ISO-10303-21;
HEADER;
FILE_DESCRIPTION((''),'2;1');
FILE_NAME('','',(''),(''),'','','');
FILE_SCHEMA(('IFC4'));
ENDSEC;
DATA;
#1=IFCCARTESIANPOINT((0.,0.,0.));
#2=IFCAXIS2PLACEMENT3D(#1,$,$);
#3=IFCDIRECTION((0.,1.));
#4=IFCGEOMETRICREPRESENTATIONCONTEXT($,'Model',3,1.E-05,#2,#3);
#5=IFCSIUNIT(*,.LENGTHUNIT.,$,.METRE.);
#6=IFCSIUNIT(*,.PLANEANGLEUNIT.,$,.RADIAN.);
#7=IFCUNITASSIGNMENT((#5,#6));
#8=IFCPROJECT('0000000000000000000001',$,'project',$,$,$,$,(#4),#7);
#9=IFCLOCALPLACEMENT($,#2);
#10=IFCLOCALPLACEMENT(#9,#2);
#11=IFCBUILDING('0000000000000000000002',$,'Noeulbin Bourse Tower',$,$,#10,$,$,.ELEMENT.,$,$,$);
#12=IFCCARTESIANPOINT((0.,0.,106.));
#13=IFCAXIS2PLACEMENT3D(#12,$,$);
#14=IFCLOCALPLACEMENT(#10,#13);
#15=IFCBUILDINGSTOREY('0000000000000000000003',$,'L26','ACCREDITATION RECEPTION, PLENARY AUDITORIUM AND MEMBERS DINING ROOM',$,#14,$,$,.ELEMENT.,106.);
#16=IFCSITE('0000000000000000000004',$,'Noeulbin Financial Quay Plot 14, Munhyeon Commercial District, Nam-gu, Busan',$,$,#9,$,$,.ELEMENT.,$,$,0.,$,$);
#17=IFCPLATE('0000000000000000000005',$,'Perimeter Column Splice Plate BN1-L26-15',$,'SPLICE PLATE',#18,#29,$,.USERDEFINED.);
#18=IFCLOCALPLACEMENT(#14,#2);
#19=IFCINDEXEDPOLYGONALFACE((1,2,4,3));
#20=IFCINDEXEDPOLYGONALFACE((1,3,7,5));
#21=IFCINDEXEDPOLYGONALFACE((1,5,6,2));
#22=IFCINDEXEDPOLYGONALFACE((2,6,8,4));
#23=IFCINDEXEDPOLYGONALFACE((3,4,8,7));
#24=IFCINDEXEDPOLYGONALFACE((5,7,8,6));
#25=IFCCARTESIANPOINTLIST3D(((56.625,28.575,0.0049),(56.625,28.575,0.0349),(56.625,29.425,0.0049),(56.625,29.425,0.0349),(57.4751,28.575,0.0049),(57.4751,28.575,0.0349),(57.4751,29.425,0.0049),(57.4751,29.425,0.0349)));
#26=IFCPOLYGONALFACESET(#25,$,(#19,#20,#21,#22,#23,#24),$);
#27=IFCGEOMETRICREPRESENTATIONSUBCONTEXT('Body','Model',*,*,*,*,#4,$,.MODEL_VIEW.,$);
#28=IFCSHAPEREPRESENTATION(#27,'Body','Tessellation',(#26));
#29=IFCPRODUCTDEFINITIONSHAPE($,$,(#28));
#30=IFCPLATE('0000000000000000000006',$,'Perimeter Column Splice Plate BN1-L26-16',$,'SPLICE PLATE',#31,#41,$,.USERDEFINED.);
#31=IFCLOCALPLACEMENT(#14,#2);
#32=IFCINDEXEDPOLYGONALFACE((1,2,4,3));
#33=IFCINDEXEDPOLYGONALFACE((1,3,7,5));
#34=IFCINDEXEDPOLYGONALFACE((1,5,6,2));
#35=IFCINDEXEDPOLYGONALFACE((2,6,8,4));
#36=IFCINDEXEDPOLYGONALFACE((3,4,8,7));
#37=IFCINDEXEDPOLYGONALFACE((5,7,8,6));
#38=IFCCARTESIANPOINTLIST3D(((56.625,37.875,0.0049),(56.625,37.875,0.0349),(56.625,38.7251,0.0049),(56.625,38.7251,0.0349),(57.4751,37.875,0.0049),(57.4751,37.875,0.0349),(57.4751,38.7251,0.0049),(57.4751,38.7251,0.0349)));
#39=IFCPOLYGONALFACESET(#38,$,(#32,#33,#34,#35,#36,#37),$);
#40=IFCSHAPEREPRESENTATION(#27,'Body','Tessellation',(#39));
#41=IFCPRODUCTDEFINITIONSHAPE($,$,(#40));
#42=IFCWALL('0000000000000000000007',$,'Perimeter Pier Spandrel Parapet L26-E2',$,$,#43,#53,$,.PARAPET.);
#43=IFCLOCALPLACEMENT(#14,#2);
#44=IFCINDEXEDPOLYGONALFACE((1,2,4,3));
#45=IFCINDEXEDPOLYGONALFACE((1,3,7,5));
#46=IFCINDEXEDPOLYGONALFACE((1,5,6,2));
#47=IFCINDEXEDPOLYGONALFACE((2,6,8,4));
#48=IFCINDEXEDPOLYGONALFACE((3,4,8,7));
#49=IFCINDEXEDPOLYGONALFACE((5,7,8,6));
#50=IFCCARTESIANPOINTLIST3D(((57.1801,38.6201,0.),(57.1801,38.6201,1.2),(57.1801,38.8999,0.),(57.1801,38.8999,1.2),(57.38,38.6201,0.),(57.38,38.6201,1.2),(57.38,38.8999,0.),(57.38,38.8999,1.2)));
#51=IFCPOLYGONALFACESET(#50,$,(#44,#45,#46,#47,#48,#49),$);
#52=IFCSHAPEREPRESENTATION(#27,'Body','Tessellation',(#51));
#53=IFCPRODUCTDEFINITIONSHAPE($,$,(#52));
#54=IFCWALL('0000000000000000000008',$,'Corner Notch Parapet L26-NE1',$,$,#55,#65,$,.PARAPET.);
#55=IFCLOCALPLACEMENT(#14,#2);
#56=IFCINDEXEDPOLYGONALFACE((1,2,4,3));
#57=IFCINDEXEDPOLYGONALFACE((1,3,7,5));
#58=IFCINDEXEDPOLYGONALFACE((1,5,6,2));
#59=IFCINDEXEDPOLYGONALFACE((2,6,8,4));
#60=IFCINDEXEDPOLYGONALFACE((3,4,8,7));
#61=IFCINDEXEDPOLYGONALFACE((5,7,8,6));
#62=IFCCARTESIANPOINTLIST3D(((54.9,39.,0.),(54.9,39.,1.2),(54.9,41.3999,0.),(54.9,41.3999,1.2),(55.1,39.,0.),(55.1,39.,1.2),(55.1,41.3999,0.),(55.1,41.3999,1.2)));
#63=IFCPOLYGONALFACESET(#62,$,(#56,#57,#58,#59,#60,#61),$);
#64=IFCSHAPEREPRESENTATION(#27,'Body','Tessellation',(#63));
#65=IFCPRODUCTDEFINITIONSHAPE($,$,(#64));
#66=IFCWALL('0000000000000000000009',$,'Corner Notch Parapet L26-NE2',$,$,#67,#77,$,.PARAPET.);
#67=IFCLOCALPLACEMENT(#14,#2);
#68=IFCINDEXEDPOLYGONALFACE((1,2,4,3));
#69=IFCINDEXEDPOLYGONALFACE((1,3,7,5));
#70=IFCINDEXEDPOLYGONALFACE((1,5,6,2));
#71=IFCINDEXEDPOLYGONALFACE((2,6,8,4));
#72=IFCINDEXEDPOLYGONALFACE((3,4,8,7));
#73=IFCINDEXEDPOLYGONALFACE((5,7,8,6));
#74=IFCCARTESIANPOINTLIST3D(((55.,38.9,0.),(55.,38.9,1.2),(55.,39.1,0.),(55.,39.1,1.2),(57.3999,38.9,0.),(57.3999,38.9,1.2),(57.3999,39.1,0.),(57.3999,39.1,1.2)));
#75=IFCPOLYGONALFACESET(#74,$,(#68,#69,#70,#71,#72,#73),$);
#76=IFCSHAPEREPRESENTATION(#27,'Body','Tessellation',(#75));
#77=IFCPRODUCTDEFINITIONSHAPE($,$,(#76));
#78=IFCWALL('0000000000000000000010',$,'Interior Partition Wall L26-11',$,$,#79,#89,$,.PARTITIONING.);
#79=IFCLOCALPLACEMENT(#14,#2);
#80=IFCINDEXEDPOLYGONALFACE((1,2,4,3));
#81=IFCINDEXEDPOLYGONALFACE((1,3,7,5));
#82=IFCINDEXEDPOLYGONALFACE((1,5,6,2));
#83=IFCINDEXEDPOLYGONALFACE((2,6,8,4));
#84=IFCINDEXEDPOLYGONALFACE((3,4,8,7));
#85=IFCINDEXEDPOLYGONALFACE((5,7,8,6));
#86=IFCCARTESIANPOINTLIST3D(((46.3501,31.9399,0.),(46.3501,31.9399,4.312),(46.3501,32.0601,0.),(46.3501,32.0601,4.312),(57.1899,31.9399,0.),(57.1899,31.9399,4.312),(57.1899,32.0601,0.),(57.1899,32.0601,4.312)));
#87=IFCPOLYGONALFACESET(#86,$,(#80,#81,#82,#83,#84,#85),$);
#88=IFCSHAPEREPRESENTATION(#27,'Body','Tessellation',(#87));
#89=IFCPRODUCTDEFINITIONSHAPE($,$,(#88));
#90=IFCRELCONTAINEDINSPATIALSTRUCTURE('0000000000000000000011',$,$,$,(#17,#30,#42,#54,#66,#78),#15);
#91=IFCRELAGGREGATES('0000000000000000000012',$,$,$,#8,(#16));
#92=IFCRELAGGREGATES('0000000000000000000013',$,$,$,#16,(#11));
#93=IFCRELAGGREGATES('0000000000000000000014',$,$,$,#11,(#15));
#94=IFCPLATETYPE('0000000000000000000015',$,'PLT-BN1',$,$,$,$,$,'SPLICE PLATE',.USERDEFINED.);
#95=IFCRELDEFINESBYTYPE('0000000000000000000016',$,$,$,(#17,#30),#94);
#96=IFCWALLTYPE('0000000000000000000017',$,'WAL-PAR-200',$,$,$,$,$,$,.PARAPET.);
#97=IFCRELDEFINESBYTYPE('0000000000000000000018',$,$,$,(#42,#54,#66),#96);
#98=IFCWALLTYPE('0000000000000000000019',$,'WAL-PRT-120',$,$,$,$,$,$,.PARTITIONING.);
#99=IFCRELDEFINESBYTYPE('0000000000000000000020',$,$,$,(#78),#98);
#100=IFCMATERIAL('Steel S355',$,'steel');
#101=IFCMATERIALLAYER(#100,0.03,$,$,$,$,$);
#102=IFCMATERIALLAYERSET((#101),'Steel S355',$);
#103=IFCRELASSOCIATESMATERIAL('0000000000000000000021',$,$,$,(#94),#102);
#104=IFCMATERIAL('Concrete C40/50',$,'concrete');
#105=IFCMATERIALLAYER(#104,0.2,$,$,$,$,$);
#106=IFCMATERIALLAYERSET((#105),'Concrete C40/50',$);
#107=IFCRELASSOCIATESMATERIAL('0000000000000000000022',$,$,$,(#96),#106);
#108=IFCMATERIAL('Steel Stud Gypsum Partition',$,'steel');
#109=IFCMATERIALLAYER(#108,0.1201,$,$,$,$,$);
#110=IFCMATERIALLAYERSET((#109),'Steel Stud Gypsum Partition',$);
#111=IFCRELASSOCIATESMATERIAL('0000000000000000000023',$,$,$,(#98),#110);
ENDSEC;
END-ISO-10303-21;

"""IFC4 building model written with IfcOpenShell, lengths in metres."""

from ifc_helpers import new_model, si_unit, direction, frame, frame_2d, origin, origin_2d, place, context, subcontext, project, spatial, rectangle, extrude, material, layer, layer_set, type_object, element, save


model = new_model("IFC4")

# Units and contexts
model_context = context("Model", 3, precision=1e-05, world=origin(), true_north=direction((0.0, 1.0)))
body_context = subcontext(model_context, "Body", "Model", "MODEL_VIEW")
ifc_project = project(units=[si_unit("LENGTHUNIT", "METRE"), si_unit("PLANEANGLEUNIT", "RADIAN")], contexts=[model_context])

# Site, building, storey
site_placement = place(None, origin())
site = spatial("IfcSite", under=ifc_project, at=site_placement, Name="Noeulbin Financial Quay Plot 14, Munhyeon Commercial District, Nam-gu, Busan", CompositionType="ELEMENT", RefElevation=0.0)
building_placement = place(site_placement, origin())
building = spatial("IfcBuilding", under=site, at=building_placement, Name="Noeulbin Bourse Tower", CompositionType="ELEMENT")
storey_placement = place(building_placement, frame((0.0, 0.0, 106.0)))
storey = spatial("IfcBuildingStorey", under=building, at=storey_placement, Name="L26", Description="ACCREDITATION RECEPTION, PLENARY AUDITORIUM AND MEMBERS DINING ROOM", CompositionType="ELEMENT", Elevation=106.0)

# Shared definitions
ifc_material_1 = material(Name="Steel S355", Category="steel")

# Plates
ifc_layer_1 = layer(ifc_material_1, 0.03)
ifc_layer_set_1 = layer_set([ifc_layer_1], Name="Steel S355")
plate_type_1 = type_object("IfcPlateType", Name="PLT-BN1", ElementType="SPLICE PLATE", PredefinedType="USERDEFINED", material=ifc_layer_set_1)
for number, where, z_axis, x_axis, name in (
    (1, (57.05, 29.0, 0.0049), (0.0, 0.0, 1.0), (1.0, 0.0, 0.0), "Perimeter Column Splice Plate BN1-L26-15"),
    (2, (57.05, 38.3, 0.0049), (0.0, 0.0, 1.0), (1.0, 0.0, 0.0), "Perimeter Column Splice Plate BN1-L26-16"),
):
    element("IfcPlate", number, at=place(storey_placement, frame(where, z_axis=z_axis, x_axis=x_axis)), inside=storey, type_object=plate_type_1, Name=name, ObjectType="SPLICE PLATE", PredefinedType="USERDEFINED", context=body_context, shape_type="SweptSolid", body=[
        extrude(rectangle(XDim=0.8501, YDim=0.8501, at=origin_2d()), origin(), (0.0, 0.0, 1.0), 0.03),
    ])

# Walls
ifc_material_2 = material(Name="Concrete C40/50", Category="concrete")
ifc_layer_2 = layer(ifc_material_2, 0.2)
ifc_layer_set_2 = layer_set([ifc_layer_2], Name="Concrete C40/50")
wall_type_1 = type_object("IfcWallType", Name="WAL-PAR-200", PredefinedType="PARAPET", material=ifc_layer_set_2)
wall_1_placement = place(storey_placement, frame((57.28, 38.6201, 0.0), z_axis=(0.0, 0.0, 1.0), x_axis=(0.0, 1.0, 0.0)))
element("IfcWall", 3, at=wall_1_placement, inside=storey, type_object=wall_type_1, Name="Perimeter Pier Spandrel Parapet L26-E2", PredefinedType="PARAPET", context=body_context, shape_type="SweptSolid", body=[
    extrude(rectangle(XDim=0.2798, YDim=0.2, at=frame_2d((0.1399, 0.0))), origin(), (0.0, 0.0, 1.0), 1.2),
])
for number, where, z_axis, x_axis, name in (
    (4, (55.0, 41.3999, 0.0), (0.0, 0.0, 1.0), (0.0, -1.0, 0.0), "Corner Notch Parapet L26-NE1"),
    (5, (55.0, 39.0, 0.0), (0.0, 0.0, 1.0), (1.0, 0.0, 0.0), "Corner Notch Parapet L26-NE2"),
):
    element("IfcWall", number, at=place(storey_placement, frame(where, z_axis=z_axis, x_axis=x_axis)), inside=storey, type_object=wall_type_1, Name=name, PredefinedType="PARAPET", context=body_context, shape_type="SweptSolid", body=[
        extrude(rectangle(XDim=2.3999, YDim=0.2, at=frame_2d((1.2, 0.0))), origin(), (0.0, 0.0, 1.0), 1.2),
    ])
ifc_material_3 = material(Name="Steel Stud Gypsum Partition", Category="steel")
ifc_layer_3 = layer(ifc_material_3, 0.1201)
ifc_layer_set_3 = layer_set([ifc_layer_3], Name="Steel Stud Gypsum Partition")
wall_type_2 = type_object("IfcWallType", Name="WAL-PRT-120", PredefinedType="PARTITIONING", material=ifc_layer_set_3)
wall_2_placement = place(storey_placement, frame((46.3501, 32.0, 0.0), z_axis=(0.0, 0.0, 1.0), x_axis=(1.0, 0.0, 0.0)))
element("IfcWall", 6, at=wall_2_placement, inside=storey, type_object=wall_type_2, Name="Interior Partition Wall L26-11", PredefinedType="PARTITIONING", context=body_context, shape_type="SweptSolid", body=[
    extrude(rectangle(XDim=10.8398, YDim=0.1201, at=frame_2d((5.4199, 0.0))), origin(), (0.0, 0.0, 1.0), 4.312),
])

save(model, "model.ifc")
